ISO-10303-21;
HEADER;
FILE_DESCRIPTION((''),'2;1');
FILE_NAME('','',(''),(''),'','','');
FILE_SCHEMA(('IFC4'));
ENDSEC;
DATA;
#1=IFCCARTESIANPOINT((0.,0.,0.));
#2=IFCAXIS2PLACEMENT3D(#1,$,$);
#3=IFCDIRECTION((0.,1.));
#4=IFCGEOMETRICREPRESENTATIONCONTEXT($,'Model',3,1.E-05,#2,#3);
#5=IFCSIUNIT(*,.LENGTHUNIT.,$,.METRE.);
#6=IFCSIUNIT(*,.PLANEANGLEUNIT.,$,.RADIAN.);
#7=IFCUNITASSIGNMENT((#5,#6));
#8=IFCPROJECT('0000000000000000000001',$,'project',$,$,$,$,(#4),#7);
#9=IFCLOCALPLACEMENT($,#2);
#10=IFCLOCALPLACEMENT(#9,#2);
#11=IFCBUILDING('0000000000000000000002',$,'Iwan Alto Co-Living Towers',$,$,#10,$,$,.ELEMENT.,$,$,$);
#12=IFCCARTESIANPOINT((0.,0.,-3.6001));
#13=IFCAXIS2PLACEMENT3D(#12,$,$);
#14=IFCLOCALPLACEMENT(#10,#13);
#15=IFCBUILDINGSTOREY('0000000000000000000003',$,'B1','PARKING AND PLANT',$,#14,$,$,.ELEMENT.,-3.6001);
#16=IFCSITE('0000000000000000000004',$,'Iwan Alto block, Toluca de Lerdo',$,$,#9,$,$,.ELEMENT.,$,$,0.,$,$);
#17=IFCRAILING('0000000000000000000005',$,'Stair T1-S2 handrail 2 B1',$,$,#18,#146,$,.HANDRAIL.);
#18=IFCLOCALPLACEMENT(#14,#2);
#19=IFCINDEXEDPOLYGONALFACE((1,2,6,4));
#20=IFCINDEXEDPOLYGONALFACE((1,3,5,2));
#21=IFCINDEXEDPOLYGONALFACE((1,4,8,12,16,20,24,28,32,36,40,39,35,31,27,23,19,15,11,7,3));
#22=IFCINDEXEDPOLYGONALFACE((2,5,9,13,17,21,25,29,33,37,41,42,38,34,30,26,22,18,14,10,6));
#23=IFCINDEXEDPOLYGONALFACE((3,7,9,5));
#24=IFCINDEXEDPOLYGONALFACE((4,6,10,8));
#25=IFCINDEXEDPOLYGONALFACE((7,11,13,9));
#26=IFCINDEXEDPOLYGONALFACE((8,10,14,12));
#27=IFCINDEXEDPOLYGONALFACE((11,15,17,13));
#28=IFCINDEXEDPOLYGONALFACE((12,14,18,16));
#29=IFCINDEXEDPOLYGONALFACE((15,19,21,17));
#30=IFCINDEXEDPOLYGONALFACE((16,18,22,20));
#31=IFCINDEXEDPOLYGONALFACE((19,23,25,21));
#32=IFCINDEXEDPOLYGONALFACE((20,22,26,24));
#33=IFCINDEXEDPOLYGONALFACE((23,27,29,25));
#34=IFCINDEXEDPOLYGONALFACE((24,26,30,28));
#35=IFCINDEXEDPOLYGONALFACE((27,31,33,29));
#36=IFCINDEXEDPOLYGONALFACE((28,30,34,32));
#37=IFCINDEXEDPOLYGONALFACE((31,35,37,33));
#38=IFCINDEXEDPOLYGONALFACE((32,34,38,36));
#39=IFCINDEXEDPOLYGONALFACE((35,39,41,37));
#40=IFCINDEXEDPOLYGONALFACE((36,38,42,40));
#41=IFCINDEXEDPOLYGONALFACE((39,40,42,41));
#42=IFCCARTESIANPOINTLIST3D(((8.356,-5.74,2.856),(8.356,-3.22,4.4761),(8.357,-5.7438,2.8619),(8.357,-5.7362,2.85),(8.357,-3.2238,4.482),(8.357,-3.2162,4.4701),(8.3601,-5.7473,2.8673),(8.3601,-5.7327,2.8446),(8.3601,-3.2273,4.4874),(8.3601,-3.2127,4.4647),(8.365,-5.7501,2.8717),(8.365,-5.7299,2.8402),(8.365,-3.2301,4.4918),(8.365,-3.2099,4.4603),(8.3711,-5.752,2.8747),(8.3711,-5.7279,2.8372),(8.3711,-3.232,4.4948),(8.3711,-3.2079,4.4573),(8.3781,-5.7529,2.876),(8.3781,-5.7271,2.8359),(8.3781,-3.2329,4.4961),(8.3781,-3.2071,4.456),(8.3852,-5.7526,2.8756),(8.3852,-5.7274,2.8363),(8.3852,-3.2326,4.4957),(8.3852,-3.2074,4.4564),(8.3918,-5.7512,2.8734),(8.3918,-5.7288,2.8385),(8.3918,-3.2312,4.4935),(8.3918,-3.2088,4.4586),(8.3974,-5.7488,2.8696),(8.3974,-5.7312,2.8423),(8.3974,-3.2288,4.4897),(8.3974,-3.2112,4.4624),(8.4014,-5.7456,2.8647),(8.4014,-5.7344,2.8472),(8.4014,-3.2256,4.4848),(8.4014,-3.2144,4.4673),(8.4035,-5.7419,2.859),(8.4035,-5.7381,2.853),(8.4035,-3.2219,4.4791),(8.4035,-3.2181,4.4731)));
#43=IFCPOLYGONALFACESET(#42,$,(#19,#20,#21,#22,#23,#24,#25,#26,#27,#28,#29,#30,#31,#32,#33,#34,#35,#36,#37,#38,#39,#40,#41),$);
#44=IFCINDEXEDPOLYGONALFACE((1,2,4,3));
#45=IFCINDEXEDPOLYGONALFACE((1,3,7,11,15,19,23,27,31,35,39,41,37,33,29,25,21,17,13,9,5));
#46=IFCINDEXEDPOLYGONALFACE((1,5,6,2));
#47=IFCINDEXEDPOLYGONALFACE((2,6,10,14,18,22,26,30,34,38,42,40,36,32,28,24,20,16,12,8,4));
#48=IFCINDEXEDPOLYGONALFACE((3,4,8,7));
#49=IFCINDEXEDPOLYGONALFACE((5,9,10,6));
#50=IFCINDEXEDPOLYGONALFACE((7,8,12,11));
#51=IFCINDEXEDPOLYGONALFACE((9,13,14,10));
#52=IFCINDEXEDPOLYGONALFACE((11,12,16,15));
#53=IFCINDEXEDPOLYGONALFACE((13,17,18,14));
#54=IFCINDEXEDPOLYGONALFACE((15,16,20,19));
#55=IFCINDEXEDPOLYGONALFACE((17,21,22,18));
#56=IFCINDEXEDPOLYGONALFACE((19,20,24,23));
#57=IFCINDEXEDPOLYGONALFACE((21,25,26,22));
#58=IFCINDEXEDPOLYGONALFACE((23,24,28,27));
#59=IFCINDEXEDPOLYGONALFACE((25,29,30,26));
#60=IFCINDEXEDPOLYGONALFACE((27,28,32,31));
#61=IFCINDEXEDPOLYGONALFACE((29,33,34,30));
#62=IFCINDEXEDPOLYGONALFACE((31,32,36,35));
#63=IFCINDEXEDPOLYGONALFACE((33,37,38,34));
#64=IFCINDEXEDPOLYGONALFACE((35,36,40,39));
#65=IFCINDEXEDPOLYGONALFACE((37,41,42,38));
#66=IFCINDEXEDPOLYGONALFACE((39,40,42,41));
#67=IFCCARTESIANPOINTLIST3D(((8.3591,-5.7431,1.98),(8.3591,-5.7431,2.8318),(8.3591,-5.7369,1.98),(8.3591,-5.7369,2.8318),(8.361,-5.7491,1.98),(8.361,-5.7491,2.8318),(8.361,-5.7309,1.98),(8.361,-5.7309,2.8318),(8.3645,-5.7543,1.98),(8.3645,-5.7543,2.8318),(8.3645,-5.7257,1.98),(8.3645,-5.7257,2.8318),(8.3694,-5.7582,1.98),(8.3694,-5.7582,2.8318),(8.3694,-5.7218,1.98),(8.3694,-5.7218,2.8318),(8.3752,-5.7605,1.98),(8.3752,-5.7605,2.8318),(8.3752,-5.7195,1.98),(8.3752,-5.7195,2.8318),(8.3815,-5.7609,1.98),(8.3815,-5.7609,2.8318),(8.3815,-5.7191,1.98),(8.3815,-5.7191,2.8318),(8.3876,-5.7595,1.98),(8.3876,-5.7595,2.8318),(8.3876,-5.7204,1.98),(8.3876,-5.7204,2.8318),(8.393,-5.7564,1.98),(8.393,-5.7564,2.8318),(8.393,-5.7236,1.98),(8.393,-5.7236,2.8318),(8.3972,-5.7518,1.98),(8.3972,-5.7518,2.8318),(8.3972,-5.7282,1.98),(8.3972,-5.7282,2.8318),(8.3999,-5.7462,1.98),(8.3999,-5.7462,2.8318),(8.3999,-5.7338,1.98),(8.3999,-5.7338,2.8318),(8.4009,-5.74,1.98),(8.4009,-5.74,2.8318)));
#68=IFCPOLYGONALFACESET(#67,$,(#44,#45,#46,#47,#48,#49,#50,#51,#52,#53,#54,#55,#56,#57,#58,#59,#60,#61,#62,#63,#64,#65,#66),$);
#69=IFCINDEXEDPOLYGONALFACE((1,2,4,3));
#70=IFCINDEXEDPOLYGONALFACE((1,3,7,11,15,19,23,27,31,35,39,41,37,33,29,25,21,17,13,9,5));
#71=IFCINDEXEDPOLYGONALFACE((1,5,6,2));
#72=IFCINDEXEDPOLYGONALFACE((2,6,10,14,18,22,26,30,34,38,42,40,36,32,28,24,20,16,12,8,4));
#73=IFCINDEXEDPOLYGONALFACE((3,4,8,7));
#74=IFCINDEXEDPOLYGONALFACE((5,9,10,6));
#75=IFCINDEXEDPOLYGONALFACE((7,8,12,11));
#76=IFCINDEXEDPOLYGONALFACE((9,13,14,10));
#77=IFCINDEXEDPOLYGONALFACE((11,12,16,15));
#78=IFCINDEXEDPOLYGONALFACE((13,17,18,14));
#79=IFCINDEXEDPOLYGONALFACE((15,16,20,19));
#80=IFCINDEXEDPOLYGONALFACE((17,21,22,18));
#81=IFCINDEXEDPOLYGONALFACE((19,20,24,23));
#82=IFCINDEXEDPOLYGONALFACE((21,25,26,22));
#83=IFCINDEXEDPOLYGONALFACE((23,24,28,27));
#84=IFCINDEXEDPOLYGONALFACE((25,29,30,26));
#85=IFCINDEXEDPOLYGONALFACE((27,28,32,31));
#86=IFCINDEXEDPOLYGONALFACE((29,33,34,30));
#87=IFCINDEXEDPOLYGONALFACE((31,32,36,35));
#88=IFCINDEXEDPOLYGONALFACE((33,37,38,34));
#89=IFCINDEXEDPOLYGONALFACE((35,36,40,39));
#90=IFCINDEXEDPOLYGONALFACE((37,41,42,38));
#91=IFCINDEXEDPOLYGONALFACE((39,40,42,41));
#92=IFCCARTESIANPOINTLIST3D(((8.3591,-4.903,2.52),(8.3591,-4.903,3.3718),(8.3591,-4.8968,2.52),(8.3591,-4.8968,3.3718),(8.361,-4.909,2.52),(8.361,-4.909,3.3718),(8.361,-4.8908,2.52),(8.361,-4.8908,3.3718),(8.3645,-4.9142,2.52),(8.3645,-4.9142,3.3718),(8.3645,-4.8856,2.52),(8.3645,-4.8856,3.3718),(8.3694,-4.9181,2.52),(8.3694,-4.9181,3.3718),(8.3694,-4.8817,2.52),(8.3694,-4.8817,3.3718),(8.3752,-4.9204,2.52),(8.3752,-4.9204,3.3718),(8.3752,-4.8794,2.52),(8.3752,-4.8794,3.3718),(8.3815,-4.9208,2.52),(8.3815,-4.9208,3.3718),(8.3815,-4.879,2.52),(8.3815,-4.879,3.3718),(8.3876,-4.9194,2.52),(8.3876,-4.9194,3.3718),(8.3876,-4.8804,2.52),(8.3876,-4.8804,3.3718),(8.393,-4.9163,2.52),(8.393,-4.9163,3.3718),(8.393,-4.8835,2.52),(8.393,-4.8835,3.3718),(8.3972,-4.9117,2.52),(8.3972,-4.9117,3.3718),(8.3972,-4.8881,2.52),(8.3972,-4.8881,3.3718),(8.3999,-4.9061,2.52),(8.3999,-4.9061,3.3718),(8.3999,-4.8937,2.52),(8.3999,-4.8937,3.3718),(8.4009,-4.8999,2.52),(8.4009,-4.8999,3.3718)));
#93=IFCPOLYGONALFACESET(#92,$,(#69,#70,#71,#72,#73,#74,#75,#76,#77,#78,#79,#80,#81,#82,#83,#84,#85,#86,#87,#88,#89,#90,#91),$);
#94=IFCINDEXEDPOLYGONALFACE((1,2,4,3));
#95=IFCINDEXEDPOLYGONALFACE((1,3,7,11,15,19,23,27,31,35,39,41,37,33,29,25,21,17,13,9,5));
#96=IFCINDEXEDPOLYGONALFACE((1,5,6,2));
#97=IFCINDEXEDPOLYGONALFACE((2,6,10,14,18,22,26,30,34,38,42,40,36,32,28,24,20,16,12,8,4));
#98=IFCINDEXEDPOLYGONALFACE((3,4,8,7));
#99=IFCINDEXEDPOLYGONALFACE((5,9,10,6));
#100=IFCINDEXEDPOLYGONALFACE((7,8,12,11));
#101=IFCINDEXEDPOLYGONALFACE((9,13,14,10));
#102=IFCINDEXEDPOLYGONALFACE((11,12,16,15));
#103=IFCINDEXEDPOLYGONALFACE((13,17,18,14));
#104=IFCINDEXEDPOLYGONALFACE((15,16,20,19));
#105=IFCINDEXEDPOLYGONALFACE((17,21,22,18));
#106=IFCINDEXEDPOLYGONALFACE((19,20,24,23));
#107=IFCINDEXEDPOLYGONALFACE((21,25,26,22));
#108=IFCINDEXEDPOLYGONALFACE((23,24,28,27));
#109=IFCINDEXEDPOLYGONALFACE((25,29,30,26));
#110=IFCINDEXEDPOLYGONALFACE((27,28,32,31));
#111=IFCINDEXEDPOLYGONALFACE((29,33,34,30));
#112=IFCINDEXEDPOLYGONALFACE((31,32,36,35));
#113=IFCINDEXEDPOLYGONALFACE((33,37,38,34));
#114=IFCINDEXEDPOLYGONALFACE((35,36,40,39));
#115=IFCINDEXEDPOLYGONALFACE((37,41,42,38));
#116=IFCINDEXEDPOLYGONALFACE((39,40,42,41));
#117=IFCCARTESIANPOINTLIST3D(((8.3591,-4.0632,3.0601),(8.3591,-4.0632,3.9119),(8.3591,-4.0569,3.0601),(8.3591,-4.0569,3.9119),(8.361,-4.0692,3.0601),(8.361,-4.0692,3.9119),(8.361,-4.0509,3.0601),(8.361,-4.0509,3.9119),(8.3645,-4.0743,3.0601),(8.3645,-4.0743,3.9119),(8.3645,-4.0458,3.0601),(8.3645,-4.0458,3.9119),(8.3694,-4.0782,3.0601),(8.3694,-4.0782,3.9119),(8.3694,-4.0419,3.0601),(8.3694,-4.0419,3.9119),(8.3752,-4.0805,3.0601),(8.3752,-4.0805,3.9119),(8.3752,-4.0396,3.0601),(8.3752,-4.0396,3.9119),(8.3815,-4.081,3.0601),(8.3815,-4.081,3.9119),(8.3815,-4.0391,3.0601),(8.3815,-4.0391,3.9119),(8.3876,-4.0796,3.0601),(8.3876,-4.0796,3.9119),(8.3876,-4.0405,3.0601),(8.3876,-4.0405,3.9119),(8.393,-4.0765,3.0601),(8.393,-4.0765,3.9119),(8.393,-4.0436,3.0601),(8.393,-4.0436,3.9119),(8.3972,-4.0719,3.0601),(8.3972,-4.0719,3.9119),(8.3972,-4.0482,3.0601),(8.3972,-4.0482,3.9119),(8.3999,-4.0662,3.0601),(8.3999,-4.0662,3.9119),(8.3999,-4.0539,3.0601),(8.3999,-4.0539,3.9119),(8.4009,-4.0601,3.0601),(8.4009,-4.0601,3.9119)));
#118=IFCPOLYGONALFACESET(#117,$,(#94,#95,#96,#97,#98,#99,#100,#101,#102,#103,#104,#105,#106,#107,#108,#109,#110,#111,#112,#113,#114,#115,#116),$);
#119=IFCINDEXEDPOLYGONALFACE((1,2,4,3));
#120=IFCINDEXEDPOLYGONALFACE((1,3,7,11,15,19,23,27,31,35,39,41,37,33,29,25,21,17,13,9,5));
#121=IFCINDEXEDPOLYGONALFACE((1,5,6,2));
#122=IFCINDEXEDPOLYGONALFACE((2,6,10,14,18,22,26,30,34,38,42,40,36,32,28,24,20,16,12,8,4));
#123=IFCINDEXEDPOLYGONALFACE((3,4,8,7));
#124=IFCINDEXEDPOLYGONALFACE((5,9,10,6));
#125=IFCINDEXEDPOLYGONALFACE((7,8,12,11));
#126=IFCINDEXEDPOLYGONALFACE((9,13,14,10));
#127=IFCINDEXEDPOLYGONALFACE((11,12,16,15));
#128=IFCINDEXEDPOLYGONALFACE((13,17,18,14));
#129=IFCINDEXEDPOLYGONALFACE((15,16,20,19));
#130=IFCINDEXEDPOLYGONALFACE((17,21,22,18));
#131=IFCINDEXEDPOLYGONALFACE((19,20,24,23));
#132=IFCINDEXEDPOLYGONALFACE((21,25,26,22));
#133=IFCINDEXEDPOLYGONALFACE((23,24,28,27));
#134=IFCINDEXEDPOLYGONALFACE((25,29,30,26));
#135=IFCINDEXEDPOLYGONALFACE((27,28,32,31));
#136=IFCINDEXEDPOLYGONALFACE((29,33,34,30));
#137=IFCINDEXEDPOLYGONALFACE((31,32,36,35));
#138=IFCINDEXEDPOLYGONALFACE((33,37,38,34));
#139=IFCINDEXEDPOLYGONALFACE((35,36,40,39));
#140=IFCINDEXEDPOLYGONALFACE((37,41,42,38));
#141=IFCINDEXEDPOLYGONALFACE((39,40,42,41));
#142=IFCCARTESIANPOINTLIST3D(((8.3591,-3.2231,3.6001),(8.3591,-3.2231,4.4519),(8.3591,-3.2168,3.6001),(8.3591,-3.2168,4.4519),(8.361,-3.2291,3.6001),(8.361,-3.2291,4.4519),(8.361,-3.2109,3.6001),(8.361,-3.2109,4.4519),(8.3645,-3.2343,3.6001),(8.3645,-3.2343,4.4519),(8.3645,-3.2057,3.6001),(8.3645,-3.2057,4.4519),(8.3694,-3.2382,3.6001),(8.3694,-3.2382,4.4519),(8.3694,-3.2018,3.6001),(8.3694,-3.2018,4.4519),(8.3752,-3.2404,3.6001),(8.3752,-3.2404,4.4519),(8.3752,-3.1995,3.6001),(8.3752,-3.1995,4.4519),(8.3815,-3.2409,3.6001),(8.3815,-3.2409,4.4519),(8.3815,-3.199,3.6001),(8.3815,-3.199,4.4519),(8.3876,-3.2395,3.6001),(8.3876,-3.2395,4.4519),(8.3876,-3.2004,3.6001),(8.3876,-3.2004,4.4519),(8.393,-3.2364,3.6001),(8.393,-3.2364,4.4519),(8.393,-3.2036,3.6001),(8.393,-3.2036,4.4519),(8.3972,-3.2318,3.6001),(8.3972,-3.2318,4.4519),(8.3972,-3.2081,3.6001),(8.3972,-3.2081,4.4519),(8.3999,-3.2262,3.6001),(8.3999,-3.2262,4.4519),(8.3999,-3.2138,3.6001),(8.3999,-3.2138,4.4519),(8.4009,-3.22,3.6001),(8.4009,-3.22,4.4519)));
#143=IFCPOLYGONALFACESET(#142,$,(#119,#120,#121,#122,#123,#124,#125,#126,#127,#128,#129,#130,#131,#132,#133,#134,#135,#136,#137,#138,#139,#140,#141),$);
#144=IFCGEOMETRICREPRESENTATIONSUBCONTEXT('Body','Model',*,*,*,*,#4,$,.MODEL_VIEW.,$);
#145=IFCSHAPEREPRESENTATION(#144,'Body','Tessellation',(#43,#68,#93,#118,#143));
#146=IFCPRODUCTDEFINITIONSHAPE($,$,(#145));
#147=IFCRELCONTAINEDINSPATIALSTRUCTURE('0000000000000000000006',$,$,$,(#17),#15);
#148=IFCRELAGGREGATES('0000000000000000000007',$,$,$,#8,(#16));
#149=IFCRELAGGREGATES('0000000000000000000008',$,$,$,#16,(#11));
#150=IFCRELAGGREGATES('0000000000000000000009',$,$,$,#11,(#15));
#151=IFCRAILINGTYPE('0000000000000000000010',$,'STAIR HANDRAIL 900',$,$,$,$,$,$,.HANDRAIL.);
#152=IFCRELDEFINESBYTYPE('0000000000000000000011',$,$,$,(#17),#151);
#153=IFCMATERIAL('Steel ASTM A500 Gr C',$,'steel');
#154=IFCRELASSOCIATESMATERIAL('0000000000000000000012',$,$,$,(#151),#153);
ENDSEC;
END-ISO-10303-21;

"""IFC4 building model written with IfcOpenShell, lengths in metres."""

from ifc_helpers import new_model, si_unit, direction, frame, origin, origin_2d, place, context, subcontext, project, spatial, circle, extrude, material, type_object, element, save


model = new_model("IFC4")

# Units and contexts
model_context = context("Model", 3, precision=1e-05, world=origin(), true_north=direction((0.0, 1.0)))
body_context = subcontext(model_context, "Body", "Model", "MODEL_VIEW")
ifc_project = project(units=[si_unit("LENGTHUNIT", "METRE"), si_unit("PLANEANGLEUNIT", "RADIAN")], contexts=[model_context])

# Site, building, storey
site_placement = place(None, origin())
site = spatial("IfcSite", under=ifc_project, at=site_placement, Name="Iwan Alto block, Toluca de Lerdo", CompositionType="ELEMENT", RefElevation=0.0)
building_placement = place(site_placement, origin())
building = spatial("IfcBuilding", under=site, at=building_placement, Name="Iwan Alto Co-Living Towers", CompositionType="ELEMENT")
storey_placement = place(building_placement, frame((0.0, 0.0, -3.6001)))
storey = spatial("IfcBuildingStorey", under=building, at=storey_placement, Name="B1", Description="PARKING AND PLANT", CompositionType="ELEMENT", Elevation=-3.6001)

# Railing
ifc_material_1 = material(Name="Steel ASTM A500 Gr C", Category="steel")
railing_type_1 = type_object("IfcRailingType", Name="STAIR HANDRAIL 900", PredefinedType="HANDRAIL", material=ifc_material_1)
railing_1_placement = place(storey_placement, frame((8.3799, -5.74, 1.98)))
element("IfcRailing", 1, at=railing_1_placement, inside=storey, type_object=railing_type_1, Name="Stair T1-S2 handrail 2 B1", PredefinedType="HANDRAIL", context=body_context, shape_type="SweptSolid", body=[
    extrude(circle(Radius=0.0239, at=origin_2d()), frame((0.0, 0.0, 0.876), z_axis=(0.0, 0.841163, 0.540782), x_axis=(-1.0, 0.0, 0.0)), (0.0, 0.0, 1.0), 2.9958),
    extrude(circle(Radius=0.021, at=origin_2d()), origin(), (0.0, 0.0, 1.0), 0.8518),
    extrude(circle(Radius=0.021, at=origin_2d()), frame((0.0, 0.8401, 0.54)), (0.0, 0.0, 1.0), 0.8518),
    extrude(circle(Radius=0.021, at=origin_2d()), frame((0.0, 1.6799, 1.0801)), (0.0, 0.0, 1.0), 0.8518),
    extrude(circle(Radius=0.021, at=origin_2d()), frame((0.0, 2.52, 1.6201)), (0.0, 0.0, 1.0), 0.8518),
])

save(model, "model.ifc")
